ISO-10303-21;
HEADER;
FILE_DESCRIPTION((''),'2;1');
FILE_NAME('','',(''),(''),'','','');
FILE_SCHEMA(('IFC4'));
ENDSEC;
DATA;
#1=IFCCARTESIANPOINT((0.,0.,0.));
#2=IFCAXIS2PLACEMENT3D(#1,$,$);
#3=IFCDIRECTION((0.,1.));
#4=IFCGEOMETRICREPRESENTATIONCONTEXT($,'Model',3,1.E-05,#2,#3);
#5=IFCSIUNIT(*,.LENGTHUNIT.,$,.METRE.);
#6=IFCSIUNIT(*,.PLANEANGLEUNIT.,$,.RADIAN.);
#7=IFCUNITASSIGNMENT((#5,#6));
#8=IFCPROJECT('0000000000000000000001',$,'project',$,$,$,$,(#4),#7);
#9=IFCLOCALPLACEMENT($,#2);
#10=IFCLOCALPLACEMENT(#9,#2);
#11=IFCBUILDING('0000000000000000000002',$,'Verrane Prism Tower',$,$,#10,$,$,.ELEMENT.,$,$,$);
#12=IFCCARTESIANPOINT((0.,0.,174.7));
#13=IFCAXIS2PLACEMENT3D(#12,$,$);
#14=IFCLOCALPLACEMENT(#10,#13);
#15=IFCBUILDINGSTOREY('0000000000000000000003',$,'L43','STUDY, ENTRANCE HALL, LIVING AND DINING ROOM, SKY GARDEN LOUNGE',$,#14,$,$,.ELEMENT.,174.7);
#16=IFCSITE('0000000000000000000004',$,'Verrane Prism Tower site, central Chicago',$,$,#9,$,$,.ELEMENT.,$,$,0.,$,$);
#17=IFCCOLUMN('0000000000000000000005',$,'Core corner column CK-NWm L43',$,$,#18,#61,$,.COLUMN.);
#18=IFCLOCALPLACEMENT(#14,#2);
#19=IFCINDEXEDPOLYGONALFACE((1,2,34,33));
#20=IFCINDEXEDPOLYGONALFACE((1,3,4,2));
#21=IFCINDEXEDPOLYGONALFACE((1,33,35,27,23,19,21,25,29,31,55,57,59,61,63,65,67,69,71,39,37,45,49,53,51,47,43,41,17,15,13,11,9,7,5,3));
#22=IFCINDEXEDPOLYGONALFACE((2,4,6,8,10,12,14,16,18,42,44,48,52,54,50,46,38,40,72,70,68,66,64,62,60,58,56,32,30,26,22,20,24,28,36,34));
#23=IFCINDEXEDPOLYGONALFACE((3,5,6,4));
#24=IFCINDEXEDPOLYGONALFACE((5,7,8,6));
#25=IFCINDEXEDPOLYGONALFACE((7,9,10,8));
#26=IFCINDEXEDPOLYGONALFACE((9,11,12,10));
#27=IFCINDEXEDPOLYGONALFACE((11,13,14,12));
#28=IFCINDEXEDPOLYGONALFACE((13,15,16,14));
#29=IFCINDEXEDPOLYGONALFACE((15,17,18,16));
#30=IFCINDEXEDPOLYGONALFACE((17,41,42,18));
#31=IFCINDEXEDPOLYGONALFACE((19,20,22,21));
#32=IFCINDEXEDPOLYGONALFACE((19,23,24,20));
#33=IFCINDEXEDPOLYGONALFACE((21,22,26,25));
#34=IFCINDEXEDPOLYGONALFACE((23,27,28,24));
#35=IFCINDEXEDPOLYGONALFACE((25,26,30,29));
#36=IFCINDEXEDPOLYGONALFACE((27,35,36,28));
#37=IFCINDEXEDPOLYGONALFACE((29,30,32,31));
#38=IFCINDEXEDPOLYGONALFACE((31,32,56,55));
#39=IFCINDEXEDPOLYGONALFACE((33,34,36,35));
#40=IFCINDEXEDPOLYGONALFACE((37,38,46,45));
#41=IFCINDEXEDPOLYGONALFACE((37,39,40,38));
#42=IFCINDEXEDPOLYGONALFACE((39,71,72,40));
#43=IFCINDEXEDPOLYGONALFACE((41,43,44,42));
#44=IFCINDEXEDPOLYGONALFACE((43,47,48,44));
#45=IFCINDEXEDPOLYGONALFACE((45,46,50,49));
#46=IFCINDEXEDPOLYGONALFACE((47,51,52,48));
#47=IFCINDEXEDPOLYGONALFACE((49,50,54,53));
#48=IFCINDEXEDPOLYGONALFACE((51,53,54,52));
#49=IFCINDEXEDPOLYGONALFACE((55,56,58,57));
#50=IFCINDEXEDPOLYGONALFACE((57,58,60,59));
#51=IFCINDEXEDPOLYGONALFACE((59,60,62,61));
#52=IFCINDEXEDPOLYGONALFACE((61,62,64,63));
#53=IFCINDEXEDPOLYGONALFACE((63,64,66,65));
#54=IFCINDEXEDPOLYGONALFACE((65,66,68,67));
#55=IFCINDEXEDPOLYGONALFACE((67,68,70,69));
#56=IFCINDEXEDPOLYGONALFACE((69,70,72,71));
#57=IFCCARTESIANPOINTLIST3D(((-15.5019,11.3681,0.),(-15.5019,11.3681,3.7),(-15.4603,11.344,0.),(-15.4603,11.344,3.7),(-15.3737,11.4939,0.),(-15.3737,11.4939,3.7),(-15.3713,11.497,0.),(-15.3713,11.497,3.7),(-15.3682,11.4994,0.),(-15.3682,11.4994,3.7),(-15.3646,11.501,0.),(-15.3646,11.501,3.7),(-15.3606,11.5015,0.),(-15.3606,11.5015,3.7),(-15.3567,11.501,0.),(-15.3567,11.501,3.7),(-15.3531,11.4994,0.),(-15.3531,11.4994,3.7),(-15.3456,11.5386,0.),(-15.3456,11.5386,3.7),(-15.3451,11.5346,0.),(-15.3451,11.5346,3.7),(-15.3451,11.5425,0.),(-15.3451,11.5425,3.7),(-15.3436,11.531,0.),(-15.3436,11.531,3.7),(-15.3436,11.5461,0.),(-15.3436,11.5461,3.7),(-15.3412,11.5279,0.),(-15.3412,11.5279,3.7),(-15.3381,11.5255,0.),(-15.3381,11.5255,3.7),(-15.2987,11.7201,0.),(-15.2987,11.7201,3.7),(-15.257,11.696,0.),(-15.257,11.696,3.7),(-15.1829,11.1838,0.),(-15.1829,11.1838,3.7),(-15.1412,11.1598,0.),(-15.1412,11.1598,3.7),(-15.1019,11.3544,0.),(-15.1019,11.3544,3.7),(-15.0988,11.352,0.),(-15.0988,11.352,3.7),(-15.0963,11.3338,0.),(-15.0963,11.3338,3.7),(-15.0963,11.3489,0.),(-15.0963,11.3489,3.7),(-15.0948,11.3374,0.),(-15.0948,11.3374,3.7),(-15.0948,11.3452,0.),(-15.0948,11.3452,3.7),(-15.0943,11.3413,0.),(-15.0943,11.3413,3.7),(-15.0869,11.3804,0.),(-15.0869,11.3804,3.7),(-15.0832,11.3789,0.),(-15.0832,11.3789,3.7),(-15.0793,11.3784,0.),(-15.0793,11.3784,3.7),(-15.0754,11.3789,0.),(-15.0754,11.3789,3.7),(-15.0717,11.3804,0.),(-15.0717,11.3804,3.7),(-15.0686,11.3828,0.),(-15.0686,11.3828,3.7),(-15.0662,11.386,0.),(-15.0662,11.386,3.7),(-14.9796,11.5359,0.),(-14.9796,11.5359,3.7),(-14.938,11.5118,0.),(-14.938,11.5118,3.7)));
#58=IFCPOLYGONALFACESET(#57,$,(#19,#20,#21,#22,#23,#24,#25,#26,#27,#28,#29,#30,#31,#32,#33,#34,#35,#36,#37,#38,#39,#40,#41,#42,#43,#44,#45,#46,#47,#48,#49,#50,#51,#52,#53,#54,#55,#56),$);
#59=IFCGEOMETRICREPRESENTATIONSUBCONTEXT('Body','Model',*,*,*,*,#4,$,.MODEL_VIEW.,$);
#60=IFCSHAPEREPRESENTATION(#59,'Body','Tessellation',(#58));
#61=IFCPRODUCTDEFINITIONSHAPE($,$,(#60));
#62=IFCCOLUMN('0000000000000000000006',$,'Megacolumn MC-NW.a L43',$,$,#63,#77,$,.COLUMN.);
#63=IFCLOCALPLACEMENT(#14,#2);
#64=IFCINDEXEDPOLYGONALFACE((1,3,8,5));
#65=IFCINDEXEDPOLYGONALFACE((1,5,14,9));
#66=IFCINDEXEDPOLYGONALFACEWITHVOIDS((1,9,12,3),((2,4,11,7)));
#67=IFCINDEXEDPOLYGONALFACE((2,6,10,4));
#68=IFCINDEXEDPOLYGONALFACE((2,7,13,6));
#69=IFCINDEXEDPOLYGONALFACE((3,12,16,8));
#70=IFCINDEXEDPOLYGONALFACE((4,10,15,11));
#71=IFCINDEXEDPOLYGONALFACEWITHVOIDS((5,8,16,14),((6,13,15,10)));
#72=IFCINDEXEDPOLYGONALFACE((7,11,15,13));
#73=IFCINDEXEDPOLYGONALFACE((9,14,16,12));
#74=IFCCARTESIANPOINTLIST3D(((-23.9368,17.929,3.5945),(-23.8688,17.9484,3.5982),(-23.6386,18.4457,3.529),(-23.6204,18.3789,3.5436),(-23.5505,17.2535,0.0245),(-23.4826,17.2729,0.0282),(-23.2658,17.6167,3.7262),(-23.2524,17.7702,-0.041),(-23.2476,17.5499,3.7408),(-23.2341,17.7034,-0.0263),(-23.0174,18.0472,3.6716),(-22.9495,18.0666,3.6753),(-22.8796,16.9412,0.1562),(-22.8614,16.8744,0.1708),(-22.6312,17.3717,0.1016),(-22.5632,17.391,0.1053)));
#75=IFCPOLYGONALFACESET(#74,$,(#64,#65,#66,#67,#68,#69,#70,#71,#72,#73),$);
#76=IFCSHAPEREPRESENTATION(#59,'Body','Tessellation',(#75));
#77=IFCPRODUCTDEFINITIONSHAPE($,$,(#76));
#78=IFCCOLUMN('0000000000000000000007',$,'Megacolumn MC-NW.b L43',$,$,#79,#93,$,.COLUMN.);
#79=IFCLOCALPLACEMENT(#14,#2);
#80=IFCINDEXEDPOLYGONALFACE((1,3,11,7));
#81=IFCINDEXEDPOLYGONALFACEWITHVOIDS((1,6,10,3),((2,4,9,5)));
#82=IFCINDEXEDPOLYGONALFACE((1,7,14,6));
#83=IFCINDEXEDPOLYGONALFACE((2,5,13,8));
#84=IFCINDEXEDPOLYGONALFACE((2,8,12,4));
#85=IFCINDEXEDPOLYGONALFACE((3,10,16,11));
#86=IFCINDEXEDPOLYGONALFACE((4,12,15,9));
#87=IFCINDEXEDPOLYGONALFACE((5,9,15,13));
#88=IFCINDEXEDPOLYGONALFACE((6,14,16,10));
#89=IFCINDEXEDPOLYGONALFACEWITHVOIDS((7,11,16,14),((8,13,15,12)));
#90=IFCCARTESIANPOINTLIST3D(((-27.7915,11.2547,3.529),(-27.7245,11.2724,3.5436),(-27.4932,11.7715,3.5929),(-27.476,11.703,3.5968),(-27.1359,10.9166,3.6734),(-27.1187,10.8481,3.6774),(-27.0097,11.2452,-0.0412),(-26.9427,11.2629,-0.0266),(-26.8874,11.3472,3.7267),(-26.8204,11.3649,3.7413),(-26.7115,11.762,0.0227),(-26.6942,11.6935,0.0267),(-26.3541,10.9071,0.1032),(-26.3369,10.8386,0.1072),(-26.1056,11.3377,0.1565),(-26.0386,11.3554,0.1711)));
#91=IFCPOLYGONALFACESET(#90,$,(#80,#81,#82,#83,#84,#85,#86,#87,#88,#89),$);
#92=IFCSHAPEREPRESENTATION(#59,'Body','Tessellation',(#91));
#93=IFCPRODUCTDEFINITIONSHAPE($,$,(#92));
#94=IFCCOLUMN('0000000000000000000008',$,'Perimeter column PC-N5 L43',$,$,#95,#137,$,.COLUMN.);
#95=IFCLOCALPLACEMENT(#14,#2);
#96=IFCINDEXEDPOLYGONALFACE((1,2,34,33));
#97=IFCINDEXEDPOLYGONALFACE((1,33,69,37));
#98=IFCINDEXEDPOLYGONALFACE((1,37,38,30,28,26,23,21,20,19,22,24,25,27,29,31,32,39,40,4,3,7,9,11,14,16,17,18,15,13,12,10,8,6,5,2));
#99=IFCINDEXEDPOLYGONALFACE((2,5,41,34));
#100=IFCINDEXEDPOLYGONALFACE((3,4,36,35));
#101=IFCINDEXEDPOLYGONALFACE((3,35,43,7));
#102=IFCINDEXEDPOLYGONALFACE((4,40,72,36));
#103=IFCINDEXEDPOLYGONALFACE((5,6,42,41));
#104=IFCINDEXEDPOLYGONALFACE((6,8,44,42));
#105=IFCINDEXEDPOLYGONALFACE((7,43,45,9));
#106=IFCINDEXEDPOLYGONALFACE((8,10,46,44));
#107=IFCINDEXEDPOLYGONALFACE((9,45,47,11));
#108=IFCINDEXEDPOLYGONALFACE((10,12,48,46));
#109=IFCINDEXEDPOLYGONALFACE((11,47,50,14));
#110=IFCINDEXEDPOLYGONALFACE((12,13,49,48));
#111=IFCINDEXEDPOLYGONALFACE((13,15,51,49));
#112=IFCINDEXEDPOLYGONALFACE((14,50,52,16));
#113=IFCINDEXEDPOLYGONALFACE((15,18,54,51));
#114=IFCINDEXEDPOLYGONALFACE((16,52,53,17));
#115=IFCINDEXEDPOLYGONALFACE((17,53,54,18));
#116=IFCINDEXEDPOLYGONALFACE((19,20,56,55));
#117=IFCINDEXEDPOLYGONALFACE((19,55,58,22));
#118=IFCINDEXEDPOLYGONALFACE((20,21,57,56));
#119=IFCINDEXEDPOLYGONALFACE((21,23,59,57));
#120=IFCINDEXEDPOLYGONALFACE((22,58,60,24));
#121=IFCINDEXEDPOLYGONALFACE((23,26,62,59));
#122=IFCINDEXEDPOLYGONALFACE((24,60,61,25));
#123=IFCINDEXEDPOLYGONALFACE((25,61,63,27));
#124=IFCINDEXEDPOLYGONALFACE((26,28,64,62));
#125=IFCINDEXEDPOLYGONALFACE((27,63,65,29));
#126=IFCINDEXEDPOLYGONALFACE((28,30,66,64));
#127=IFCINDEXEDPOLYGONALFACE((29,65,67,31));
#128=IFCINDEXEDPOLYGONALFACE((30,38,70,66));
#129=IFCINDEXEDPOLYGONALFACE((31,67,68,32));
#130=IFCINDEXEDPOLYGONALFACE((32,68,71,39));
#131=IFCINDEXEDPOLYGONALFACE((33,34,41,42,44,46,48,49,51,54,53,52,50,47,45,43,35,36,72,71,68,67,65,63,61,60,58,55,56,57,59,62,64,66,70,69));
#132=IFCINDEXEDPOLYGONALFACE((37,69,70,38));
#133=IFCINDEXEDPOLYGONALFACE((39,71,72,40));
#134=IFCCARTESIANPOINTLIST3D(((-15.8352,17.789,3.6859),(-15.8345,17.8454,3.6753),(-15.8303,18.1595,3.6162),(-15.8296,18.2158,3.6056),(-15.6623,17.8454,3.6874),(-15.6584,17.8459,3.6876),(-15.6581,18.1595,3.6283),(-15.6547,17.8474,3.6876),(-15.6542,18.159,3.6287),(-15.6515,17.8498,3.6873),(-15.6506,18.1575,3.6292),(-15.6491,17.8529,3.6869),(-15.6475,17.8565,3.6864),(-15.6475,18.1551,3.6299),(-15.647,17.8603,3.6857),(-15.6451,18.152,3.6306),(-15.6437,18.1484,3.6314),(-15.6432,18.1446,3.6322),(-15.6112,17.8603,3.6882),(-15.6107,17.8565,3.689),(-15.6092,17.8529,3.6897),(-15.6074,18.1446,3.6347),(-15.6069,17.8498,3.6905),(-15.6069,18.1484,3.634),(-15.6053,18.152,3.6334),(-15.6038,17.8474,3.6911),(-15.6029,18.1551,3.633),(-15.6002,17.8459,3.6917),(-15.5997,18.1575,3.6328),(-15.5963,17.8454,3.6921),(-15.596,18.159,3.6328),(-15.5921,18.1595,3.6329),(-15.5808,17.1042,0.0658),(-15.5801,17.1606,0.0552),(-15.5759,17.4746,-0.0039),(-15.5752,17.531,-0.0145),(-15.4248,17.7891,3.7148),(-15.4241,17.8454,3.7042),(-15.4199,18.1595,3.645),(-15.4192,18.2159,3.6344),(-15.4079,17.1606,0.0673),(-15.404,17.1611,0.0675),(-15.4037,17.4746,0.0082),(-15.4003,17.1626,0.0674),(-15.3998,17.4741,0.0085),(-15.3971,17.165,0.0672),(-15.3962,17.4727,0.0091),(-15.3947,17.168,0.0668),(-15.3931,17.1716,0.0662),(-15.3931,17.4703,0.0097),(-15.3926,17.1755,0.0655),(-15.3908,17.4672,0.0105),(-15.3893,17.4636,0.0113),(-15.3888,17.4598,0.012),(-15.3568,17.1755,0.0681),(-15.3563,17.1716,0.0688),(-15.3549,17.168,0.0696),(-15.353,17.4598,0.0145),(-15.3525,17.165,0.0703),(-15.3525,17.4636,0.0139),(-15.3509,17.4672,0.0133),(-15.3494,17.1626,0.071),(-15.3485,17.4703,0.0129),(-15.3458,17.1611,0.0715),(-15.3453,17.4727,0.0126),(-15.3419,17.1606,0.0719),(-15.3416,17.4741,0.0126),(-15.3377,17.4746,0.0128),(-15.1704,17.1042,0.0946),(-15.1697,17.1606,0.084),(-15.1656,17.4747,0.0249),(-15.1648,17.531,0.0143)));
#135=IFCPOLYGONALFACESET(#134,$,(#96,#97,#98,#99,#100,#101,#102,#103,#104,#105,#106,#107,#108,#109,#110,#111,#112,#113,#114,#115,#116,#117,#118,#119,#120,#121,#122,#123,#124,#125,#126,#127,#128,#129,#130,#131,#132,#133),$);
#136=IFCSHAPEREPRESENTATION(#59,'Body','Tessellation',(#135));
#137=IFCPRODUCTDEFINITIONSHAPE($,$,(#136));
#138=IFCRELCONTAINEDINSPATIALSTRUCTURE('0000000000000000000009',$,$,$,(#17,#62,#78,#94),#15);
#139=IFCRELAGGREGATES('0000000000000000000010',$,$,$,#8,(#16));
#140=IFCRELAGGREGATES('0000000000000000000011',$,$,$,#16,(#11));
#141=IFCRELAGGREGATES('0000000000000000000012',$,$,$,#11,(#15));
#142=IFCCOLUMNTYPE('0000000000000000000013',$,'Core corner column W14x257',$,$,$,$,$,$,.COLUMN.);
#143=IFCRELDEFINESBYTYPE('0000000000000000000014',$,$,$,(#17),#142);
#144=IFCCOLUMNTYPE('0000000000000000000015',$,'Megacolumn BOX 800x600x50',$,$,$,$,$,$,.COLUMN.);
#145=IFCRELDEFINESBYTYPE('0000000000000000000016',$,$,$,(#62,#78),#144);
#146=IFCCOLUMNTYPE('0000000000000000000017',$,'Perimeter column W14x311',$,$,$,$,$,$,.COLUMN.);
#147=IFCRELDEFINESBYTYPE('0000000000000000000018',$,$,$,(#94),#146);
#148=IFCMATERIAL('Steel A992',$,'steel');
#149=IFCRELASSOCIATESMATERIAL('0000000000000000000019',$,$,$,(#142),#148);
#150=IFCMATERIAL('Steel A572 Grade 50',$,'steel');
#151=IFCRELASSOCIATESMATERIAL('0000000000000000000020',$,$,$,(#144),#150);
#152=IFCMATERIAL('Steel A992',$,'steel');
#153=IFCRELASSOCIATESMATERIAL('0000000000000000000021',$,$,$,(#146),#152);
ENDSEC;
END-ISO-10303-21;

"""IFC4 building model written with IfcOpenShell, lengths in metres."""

from ifc_helpers import new_model, si_unit, direction, frame, origin, origin_2d, place, context, subcontext, project, spatial, hollow_rectangle, i_section, extrude, material, material_profile, profile_set, type_object, element, save


model = new_model("IFC4")

# Units and contexts
model_context = context("Model", 3, precision=1e-05, world=origin(), true_north=direction((0.0, 1.0)))
body_context = subcontext(model_context, "Body", "Model", "MODEL_VIEW")
ifc_project = project(units=[si_unit("LENGTHUNIT", "METRE"), si_unit("PLANEANGLEUNIT", "RADIAN")], contexts=[model_context])

# Site, building, storey
site_placement = place(None, origin())
site = spatial("IfcSite", under=ifc_project, at=site_placement, Name="Verrane Prism Tower site, central Chicago", CompositionType="ELEMENT", RefElevation=0.0)
building_placement = place(site_placement, origin())
building = spatial("IfcBuilding", under=site, at=building_placement, Name="Verrane Prism Tower", CompositionType="ELEMENT")
storey_placement = place(building_placement, frame((0.0, 0.0, 174.7)))
storey = spatial("IfcBuildingStorey", under=building, at=storey_placement, Name="L43", Description="STUDY, ENTRANCE HALL, LIVING AND DINING ROOM, SKY GARDEN LOUNGE", CompositionType="ELEMENT", Elevation=174.7)

# Columns
ifc_material_1 = material(Name="Steel A992", Category="steel")
ifc_material_profile_1 = material_profile(ifc_material_1, i_section(OverallWidth=0.4065, OverallDepth=0.4165, WebThickness=0.03, FlangeThickness=0.0481, FilletRadius=0.0151, at=origin_2d()), Name="W14x257")
ifc_profile_set_1 = profile_set([ifc_material_profile_1], Name="Steel A992")
column_type_1 = type_object("IfcColumnType", Name="Core corner column W14x257", PredefinedType="COLUMN", material=ifc_profile_set_1)
column_1_placement = place(storey_placement, frame((-15.22, 11.4399, 0.0), z_axis=(0.0, 0.0, 1.0), x_axis=(0.5, 0.866025, 0.0)))
element("IfcColumn", 1, at=column_1_placement, inside=storey, type_object=column_type_1, Name="Core corner column CK-NWm L43", PredefinedType="COLUMN", context=body_context, shape_type="SweptSolid", body=[
    extrude(i_section(OverallWidth=0.4065, OverallDepth=0.4165, WebThickness=0.03, FlangeThickness=0.0481, FilletRadius=0.0151, at=origin_2d()), origin(), (0.0, 0.0, 1.0), 3.7),
])
ifc_material_2 = material(Name="Steel A572 Grade 50", Category="steel")
ifc_material_profile_2 = material_profile(ifc_material_2, hollow_rectangle(XDim=0.6001, YDim=0.8, WallThickness=0.05, at=origin_2d()), Name="BOX 800x600x50")
ifc_profile_set_2 = profile_set([ifc_material_profile_2], Name="Steel A572 Grade 50")
column_type_2 = type_object("IfcColumnType", Name="Megacolumn BOX 800x600x50", PredefinedType="COLUMN", material=ifc_profile_set_2)
column_2_placement = place(storey_placement, frame((-23.0569, 17.3223, 0.0649), z_axis=(-0.105704, 0.184882, 0.97706), x_axis=(0.496815, 0.860963, -0.109165)))
element("IfcColumn", 2, at=column_2_placement, inside=storey, type_object=column_type_2, Name="Megacolumn MC-NW.a L43", PredefinedType="COLUMN", context=body_context, shape_type="SweptSolid", body=[
    extrude(hollow_rectangle(XDim=0.6001, YDim=0.8, WallThickness=0.05, at=origin_2d()), origin(), (0.0, 0.0, 1.0), 3.6538),
])
column_3_placement = place(storey_placement, frame((-26.5242, 11.3003, 0.0649), z_axis=(-0.213901, 0.002605, 0.976852), x_axis=(0.497008, 0.861181, 0.106533)))
element("IfcColumn", 3, at=column_3_placement, inside=storey, type_object=column_type_2, Name="Megacolumn MC-NW.b L43", PredefinedType="COLUMN", context=body_context, shape_type="SweptSolid", body=[
    extrude(hollow_rectangle(XDim=0.6001, YDim=0.8, WallThickness=0.05, at=origin_2d()), origin(), (0.0, 0.0, 1.0), 3.6548),
])
ifc_material_3 = material(Name="Steel A992", Category="steel")
ifc_material_profile_3 = material_profile(ifc_material_3, i_section(OverallWidth=0.4114, OverallDepth=0.4343, WebThickness=0.0359, FlangeThickness=0.0574, FilletRadius=0.0151, at=origin_2d()), Name="W14x311")
ifc_profile_set_3 = profile_set([ifc_material_profile_3], Name="Steel A992")
column_type_3 = type_object("IfcColumnType", Name="Perimeter column W14x311", PredefinedType="COLUMN", material=ifc_profile_set_3)
column_4_placement = place(storey_placement, frame((-15.3728, 17.3176, 0.04), z_axis=(-0.068884, 0.185431, 0.98024), x_axis=(0.997541, 0.000043, 0.070092)))
element("IfcColumn", 4, at=column_4_placement, inside=storey, type_object=column_type_3, Name="Perimeter column PC-N5 L43", PredefinedType="COLUMN", context=body_context, shape_type="SweptSolid", body=[
    extrude(i_section(OverallWidth=0.4114, OverallDepth=0.4343, WebThickness=0.0359, FlangeThickness=0.0574, FilletRadius=0.0151, at=origin_2d()), origin(), (0.0, 0.0, 1.0), 3.6931),
])

save(model, "model.ifc")
